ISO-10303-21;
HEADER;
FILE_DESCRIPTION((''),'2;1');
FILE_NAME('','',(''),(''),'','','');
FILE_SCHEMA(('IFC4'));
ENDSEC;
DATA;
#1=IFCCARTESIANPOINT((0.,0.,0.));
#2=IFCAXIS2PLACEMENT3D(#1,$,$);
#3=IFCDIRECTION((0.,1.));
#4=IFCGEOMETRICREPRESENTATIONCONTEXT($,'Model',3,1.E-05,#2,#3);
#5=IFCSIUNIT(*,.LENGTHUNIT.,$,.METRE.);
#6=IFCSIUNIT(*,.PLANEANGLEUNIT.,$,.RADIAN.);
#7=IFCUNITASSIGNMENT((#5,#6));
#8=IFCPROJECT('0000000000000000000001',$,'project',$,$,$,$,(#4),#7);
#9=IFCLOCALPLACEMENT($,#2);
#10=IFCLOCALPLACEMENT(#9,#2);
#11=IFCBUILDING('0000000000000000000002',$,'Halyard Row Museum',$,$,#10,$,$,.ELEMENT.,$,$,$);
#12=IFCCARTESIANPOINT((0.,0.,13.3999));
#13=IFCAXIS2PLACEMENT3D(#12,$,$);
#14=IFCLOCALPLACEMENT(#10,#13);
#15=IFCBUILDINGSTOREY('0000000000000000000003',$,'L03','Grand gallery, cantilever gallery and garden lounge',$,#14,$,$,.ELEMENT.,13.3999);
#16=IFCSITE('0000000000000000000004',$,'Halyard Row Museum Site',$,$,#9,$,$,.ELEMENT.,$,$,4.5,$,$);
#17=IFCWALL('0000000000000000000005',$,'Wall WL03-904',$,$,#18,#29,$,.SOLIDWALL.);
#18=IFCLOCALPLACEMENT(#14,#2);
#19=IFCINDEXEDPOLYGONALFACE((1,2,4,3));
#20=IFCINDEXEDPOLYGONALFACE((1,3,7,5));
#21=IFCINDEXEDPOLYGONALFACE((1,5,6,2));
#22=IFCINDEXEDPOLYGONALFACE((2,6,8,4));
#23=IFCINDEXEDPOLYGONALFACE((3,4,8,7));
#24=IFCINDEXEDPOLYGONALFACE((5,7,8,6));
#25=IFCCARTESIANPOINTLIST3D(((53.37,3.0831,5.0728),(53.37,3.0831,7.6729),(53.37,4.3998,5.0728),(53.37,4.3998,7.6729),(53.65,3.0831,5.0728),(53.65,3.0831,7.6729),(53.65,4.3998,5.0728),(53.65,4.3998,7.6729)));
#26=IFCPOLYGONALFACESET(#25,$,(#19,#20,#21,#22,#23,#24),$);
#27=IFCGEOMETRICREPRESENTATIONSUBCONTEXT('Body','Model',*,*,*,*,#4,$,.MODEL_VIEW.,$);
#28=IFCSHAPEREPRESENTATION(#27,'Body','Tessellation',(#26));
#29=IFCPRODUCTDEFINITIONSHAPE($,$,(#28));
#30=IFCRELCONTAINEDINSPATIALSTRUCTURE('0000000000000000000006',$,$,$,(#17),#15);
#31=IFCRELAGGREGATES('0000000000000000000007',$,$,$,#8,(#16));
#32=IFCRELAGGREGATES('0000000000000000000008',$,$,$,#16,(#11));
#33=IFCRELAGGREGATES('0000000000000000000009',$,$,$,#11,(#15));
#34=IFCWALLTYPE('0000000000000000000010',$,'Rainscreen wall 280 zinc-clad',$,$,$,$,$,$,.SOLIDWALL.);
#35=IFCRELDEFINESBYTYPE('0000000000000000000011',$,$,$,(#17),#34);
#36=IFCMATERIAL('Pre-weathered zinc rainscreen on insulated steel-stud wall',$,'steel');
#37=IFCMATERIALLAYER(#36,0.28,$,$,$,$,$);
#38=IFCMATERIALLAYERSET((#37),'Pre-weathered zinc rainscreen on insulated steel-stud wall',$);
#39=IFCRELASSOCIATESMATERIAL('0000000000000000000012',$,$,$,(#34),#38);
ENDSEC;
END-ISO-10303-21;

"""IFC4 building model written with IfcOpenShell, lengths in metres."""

from ifc_helpers import new_model, si_unit, direction, frame, frame_2d, origin, place, context, subcontext, project, spatial, rectangle, extrude, material, layer, layer_set, type_object, element, save


model = new_model("IFC4")

# Units and contexts
model_context = context("Model", 3, precision=1e-05, world=origin(), true_north=direction((0.0, 1.0)))
body_context = subcontext(model_context, "Body", "Model", "MODEL_VIEW")
ifc_project = project(units=[si_unit("LENGTHUNIT", "METRE"), si_unit("PLANEANGLEUNIT", "RADIAN")], contexts=[model_context])

# Site, building, storey
site_placement = place(None, origin())
site = spatial("IfcSite", under=ifc_project, at=site_placement, Name="Halyard Row Museum Site", CompositionType="ELEMENT", RefElevation=4.5)
building_placement = place(site_placement, origin())
building = spatial("IfcBuilding", under=site, at=building_placement, Name="Halyard Row Museum", CompositionType="ELEMENT")
storey_placement = place(building_placement, frame((0.0, 0.0, 13.3999)))
storey = spatial("IfcBuildingStorey", under=building, at=storey_placement, Name="L03", Description="Grand gallery, cantilever gallery and garden lounge", CompositionType="ELEMENT", Elevation=13.3999)

# Wall
ifc_material_1 = material(Name="Pre-weathered zinc rainscreen on insulated steel-stud wall", Category="steel")
ifc_layer_1 = layer(ifc_material_1, 0.28)
ifc_layer_set_1 = layer_set([ifc_layer_1], Name="Pre-weathered zinc rainscreen on insulated steel-stud wall")
wall_type = type_object("IfcWallType", Name="Rainscreen wall 280 zinc-clad", PredefinedType="SOLIDWALL", material=ifc_layer_set_1)
wall_1_placement = place(storey_placement, frame((53.51, 3.0833, 5.0728), z_axis=(0.0, 0.0, 1.0), x_axis=(0.0, 1.0, 0.0)))
element("IfcWall", 1, at=wall_1_placement, inside=storey, type_object=wall_type, Name="Wall WL03-904", PredefinedType="SOLIDWALL", context=body_context, shape_type="SweptSolid", body=[
    extrude(rectangle(XDim=1.3167, YDim=0.28, at=frame_2d((0.6582, 0.0))), origin(), (0.0, 0.0, 1.0), 2.6001),
])

save(model, "model.ifc")
